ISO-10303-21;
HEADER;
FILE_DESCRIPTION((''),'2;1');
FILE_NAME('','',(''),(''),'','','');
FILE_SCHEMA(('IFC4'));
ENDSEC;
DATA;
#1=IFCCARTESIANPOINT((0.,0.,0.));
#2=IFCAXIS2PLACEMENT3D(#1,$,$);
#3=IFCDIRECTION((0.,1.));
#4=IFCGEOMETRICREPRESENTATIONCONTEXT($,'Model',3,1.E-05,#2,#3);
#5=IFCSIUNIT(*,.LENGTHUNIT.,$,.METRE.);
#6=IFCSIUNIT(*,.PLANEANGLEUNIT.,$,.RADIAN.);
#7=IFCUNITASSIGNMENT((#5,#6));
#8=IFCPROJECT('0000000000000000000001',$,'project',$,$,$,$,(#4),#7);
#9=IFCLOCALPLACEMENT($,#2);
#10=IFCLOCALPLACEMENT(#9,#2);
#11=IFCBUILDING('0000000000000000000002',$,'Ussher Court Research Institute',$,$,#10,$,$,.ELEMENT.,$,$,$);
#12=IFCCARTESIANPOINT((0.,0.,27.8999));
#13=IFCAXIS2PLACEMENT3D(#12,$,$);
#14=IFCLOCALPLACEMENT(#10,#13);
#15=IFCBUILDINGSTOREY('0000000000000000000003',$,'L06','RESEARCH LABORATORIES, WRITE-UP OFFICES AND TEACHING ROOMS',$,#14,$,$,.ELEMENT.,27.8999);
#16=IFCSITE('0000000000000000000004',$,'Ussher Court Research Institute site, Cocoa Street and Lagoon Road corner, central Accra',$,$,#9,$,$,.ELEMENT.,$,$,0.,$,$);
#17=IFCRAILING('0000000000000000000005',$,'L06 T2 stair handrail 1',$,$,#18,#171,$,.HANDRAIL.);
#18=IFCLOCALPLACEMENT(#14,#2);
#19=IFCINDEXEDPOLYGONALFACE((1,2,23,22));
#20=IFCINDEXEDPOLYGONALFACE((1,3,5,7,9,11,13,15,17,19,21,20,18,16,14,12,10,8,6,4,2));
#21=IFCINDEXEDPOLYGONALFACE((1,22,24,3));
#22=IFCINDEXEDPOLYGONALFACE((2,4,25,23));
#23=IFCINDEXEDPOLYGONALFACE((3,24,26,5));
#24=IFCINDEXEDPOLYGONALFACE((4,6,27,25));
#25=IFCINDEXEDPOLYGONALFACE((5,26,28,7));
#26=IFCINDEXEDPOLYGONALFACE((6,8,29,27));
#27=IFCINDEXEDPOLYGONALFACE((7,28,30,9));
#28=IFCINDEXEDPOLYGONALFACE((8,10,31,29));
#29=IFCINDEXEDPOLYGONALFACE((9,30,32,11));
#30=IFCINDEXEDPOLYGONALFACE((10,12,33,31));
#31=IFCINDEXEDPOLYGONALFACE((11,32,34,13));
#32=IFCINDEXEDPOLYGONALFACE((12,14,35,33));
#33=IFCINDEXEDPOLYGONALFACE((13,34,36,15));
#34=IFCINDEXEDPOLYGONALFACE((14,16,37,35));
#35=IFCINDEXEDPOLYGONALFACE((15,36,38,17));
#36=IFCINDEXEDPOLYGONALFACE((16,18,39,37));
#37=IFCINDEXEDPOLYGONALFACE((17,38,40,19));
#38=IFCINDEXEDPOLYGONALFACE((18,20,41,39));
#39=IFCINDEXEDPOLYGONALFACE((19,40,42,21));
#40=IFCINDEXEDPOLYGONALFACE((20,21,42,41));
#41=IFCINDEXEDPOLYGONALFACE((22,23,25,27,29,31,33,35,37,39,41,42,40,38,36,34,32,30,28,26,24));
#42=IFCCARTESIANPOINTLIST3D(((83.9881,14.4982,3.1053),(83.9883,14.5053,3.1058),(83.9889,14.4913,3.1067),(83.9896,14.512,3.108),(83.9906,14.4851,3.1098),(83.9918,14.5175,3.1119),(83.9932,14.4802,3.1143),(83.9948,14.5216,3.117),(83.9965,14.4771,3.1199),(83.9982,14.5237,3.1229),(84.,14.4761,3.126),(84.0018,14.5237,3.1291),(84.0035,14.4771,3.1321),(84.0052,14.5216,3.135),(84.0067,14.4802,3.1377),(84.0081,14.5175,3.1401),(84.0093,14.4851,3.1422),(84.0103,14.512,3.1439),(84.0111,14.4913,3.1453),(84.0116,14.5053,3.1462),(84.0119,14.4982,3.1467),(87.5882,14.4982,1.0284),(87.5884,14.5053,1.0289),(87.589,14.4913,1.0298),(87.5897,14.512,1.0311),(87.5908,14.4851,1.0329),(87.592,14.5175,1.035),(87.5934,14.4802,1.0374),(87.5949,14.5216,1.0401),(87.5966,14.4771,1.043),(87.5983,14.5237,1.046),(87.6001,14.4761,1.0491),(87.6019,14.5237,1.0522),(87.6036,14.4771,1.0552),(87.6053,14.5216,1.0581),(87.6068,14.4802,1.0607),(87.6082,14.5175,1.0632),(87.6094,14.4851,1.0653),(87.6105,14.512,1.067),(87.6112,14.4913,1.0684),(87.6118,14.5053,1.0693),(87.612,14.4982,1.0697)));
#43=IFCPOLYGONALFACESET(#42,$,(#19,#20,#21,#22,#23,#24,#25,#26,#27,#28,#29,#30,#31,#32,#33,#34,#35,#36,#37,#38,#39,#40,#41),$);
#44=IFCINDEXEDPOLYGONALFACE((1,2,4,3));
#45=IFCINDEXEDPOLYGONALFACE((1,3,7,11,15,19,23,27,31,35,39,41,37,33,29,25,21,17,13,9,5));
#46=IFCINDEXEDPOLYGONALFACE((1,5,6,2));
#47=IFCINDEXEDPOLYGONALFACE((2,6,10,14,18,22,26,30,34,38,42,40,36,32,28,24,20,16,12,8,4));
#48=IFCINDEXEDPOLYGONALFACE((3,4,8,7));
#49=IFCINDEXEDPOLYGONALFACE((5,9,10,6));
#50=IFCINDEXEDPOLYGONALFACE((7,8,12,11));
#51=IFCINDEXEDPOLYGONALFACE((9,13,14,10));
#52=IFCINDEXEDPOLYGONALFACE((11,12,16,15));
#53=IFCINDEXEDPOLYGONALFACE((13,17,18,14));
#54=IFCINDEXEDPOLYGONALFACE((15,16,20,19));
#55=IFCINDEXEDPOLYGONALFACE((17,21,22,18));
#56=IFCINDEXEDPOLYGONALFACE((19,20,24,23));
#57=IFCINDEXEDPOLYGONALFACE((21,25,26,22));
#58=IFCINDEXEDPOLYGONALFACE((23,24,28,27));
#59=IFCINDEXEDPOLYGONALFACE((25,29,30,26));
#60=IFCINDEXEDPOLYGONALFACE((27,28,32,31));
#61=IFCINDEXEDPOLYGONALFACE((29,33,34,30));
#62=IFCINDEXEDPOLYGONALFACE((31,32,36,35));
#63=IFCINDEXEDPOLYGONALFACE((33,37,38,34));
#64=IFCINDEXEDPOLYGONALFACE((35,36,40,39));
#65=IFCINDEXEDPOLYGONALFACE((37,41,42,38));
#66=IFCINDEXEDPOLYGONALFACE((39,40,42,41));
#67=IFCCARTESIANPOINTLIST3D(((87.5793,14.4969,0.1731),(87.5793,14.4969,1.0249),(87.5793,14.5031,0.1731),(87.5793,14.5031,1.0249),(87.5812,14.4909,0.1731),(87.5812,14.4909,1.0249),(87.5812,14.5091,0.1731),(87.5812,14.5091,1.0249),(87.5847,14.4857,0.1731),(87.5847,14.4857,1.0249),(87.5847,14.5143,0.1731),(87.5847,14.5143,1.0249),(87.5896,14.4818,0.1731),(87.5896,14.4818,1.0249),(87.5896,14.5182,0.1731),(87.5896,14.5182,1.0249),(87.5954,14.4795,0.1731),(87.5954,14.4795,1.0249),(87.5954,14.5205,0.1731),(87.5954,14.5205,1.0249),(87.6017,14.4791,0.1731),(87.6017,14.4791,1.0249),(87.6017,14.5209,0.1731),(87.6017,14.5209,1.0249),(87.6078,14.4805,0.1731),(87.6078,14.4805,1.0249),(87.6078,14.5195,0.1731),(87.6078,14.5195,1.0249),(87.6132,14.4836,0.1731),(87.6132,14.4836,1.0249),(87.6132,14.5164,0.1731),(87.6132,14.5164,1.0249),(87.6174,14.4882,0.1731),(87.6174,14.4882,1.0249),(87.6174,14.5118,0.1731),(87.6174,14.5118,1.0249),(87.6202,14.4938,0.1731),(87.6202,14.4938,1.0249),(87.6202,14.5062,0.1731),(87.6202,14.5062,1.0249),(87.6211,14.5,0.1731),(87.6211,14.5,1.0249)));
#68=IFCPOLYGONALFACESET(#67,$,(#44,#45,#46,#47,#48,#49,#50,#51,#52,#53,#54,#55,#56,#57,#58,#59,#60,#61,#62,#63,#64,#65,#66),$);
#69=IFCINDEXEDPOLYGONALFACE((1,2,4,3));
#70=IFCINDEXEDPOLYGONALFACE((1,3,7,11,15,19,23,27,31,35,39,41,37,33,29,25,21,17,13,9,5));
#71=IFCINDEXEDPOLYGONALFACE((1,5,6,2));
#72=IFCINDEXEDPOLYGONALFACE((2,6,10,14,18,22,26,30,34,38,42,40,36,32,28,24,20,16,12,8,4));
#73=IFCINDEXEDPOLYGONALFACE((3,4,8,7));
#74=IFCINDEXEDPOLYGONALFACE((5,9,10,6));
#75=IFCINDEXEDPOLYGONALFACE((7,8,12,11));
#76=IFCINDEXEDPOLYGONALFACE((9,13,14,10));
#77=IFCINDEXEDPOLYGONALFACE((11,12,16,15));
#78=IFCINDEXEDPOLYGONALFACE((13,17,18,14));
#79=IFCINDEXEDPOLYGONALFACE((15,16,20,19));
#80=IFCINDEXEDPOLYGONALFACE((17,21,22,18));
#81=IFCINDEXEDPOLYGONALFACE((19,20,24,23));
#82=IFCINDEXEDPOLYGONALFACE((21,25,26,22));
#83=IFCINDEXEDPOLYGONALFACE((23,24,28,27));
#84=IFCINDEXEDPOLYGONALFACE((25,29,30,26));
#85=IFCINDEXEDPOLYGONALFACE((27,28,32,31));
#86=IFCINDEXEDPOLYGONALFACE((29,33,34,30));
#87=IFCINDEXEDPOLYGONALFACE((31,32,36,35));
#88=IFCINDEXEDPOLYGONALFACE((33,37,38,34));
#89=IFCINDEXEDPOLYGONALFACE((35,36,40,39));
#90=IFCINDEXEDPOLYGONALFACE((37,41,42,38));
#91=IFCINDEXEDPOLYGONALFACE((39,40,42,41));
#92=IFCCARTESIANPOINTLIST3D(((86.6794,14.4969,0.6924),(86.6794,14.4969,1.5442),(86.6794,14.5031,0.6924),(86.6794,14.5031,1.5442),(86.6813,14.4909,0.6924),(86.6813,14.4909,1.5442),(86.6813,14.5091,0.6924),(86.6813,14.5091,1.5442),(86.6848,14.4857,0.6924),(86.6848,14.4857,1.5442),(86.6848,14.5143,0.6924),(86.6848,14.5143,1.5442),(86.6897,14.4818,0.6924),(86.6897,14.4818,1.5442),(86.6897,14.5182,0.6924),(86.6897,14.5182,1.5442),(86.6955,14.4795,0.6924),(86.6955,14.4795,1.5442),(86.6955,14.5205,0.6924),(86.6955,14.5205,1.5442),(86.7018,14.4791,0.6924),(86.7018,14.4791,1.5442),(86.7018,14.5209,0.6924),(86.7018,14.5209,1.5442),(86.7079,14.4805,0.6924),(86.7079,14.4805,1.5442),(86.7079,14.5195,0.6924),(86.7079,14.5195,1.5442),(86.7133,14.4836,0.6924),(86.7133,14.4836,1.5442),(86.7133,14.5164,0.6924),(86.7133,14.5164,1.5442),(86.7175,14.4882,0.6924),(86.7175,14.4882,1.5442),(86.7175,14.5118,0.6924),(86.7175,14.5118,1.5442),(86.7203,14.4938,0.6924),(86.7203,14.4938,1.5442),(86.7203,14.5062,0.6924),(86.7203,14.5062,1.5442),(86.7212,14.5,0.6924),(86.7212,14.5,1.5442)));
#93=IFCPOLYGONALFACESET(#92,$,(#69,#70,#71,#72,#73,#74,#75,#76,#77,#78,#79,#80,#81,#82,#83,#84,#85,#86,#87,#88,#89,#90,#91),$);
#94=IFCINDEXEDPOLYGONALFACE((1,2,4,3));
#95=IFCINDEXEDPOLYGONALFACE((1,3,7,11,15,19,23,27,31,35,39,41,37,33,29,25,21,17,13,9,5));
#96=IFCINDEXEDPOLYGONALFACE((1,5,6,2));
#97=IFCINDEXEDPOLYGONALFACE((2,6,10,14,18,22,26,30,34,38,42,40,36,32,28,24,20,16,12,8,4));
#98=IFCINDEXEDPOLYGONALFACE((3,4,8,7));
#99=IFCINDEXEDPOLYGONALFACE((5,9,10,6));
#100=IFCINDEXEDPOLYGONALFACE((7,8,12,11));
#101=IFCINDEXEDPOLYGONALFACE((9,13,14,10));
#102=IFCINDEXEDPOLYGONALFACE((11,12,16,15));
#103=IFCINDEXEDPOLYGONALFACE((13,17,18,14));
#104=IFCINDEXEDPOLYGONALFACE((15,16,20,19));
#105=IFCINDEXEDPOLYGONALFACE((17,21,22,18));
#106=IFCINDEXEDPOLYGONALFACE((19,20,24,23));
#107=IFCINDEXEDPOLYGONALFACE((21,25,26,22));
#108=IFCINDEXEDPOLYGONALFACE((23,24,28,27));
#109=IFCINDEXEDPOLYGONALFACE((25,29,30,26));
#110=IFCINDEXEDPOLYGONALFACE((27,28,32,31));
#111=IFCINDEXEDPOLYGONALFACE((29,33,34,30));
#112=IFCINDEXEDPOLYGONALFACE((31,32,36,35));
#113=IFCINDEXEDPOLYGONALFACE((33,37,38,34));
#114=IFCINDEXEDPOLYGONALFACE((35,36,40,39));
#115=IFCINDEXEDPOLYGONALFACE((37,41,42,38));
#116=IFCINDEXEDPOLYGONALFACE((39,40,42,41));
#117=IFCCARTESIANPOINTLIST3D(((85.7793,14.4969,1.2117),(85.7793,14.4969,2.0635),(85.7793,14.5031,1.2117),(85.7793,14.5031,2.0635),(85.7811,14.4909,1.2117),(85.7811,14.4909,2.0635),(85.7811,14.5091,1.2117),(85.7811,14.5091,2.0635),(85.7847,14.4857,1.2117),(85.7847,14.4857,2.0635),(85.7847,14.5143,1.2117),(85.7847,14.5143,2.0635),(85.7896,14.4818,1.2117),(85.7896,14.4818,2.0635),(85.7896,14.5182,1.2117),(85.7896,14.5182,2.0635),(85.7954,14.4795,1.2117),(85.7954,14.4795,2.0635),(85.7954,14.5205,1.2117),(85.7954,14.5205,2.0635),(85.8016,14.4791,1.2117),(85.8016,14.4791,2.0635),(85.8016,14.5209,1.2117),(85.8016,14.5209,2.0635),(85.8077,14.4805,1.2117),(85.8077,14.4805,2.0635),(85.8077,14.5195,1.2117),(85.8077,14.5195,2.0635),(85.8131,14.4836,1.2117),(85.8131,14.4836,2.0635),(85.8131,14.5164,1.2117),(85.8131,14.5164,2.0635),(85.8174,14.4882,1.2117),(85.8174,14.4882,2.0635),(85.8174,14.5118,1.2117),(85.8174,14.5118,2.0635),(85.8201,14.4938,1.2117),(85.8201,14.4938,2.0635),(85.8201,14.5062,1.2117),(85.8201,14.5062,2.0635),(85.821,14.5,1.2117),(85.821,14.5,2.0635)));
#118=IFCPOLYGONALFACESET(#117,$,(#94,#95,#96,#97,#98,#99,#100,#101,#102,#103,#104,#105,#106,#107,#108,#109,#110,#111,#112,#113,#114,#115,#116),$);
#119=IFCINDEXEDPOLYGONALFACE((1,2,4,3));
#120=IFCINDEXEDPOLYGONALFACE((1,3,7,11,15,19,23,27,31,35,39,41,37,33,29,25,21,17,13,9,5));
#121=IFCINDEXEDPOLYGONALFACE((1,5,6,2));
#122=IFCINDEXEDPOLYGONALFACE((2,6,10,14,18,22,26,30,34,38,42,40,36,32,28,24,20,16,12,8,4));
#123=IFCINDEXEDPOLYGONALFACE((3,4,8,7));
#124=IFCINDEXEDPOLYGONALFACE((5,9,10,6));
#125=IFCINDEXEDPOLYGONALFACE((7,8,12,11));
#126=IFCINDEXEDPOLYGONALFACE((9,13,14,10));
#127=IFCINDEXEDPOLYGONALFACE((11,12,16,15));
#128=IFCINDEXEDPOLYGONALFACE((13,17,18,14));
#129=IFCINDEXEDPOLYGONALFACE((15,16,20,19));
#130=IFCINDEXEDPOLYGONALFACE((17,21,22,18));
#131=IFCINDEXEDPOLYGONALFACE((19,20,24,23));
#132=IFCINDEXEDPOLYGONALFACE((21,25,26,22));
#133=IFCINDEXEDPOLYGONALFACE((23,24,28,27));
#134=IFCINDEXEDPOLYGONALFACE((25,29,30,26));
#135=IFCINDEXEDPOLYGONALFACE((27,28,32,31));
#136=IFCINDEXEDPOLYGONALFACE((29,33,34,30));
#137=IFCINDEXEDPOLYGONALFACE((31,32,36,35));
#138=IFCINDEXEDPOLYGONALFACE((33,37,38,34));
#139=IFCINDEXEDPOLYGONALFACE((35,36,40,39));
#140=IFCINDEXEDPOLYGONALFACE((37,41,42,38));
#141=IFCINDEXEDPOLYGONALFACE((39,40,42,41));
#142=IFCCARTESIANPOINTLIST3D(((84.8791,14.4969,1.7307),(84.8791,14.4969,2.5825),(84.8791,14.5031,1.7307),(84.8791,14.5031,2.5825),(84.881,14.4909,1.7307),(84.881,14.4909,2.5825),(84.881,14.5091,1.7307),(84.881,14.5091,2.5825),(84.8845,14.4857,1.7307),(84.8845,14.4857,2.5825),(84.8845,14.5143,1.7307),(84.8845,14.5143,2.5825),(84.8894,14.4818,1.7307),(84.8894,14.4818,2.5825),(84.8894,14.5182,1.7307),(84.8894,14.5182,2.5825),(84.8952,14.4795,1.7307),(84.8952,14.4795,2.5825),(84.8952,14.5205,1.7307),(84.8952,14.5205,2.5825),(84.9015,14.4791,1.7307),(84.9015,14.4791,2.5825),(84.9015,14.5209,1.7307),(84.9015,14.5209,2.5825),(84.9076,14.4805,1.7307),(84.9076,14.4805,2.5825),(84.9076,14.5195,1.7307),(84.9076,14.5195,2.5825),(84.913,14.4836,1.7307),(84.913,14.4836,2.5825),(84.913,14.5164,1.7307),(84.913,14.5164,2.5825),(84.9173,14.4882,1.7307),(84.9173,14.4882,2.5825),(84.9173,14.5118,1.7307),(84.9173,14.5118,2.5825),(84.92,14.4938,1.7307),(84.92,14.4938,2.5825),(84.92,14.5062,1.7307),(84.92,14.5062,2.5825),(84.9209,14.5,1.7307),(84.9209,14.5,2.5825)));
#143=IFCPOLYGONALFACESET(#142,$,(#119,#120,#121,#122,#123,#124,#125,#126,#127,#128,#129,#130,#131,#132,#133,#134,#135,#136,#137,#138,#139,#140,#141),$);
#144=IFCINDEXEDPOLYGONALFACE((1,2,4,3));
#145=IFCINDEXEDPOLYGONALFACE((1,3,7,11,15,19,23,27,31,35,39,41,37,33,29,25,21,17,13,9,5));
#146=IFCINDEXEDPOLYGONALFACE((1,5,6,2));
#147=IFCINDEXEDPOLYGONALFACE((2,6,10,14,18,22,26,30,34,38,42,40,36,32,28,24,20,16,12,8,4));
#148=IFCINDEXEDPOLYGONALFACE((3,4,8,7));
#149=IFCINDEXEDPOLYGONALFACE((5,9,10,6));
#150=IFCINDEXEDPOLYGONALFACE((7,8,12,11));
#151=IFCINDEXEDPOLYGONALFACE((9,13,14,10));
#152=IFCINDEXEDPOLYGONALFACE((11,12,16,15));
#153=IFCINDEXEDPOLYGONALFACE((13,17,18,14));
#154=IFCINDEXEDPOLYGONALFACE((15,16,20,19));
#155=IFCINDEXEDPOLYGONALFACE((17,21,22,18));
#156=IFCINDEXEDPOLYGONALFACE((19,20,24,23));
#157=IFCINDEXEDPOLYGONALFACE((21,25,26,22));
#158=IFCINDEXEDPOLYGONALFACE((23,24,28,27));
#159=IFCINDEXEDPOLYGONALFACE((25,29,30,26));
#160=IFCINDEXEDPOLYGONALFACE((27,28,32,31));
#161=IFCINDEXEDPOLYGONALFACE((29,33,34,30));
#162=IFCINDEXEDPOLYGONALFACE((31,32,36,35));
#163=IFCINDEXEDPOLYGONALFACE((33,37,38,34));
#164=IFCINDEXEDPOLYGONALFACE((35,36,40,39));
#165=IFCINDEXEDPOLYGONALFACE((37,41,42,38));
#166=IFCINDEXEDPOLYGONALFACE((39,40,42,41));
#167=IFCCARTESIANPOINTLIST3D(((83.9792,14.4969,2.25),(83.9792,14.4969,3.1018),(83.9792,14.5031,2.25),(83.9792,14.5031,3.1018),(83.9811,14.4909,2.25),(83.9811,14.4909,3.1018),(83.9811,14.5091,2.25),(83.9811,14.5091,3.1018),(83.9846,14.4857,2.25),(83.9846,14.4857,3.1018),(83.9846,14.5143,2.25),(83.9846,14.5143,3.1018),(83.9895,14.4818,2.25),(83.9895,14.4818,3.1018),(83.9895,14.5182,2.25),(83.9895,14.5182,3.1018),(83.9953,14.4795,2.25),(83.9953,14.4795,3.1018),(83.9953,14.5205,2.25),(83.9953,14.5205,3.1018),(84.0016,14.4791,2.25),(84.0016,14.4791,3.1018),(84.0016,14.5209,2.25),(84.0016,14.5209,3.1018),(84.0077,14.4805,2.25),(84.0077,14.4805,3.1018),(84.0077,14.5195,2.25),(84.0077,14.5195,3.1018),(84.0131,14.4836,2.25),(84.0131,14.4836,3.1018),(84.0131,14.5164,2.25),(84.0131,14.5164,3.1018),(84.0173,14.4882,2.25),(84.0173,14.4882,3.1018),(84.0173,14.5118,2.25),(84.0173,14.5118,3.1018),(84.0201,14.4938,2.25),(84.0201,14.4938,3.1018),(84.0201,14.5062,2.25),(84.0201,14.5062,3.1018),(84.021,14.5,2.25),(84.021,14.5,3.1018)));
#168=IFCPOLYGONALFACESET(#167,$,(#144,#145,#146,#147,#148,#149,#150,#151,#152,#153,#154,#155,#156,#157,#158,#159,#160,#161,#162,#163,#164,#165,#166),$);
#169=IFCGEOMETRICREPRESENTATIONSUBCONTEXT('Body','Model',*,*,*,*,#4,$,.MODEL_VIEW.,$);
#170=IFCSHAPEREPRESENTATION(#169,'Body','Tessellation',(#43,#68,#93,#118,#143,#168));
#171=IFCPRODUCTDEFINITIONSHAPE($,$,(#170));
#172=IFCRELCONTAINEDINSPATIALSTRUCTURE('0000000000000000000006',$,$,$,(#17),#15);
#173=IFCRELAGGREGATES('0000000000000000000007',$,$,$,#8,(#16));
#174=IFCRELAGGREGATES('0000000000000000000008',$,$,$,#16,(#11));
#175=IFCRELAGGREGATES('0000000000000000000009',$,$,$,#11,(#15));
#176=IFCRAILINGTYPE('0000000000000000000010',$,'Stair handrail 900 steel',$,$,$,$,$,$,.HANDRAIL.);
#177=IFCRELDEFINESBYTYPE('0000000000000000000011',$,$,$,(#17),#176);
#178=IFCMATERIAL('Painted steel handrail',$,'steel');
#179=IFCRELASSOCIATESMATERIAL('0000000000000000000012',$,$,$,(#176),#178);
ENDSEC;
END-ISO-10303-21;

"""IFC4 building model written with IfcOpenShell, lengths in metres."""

from ifc_helpers import new_model, si_unit, direction, frame, origin, origin_2d, place, context, subcontext, project, spatial, circle, extrude, material, type_object, element, save


model = new_model("IFC4")

# Units and contexts
model_context = context("Model", 3, precision=1e-05, world=origin(), true_north=direction((0.0, 1.0)))
body_context = subcontext(model_context, "Body", "Model", "MODEL_VIEW")
ifc_project = project(units=[si_unit("LENGTHUNIT", "METRE"), si_unit("PLANEANGLEUNIT", "RADIAN")], contexts=[model_context])

# Site, building, storey
site_placement = place(None, origin())
site = spatial("IfcSite", under=ifc_project, at=site_placement, Name="Ussher Court Research Institute site, Cocoa Street and Lagoon Road corner, central Accra", CompositionType="ELEMENT", RefElevation=0.0)
building_placement = place(site_placement, origin())
building = spatial("IfcBuilding", under=site, at=building_placement, Name="Ussher Court Research Institute", CompositionType="ELEMENT")
storey_placement = place(building_placement, frame((0.0, 0.0, 27.8999)))
storey = spatial("IfcBuildingStorey", under=building, at=storey_placement, Name="L06", Description="RESEARCH LABORATORIES, WRITE-UP OFFICES AND TEACHING ROOMS", CompositionType="ELEMENT", Elevation=27.8999)

# Railing
ifc_material_1 = material(Name="Painted steel handrail", Category="steel")
railing_type_1 = type_object("IfcRailingType", Name="Stair handrail 900 steel", PredefinedType="HANDRAIL", material=ifc_material_1)
railing_1_placement = place(storey_placement, frame((87.6001, 14.5, 0.1731)))
element("IfcRailing", 1, at=railing_1_placement, inside=storey, type_object=railing_type_1, Name="L06 T2 stair handrail 1", PredefinedType="HANDRAIL", context=body_context, shape_type="SweptSolid", body=[
    extrude(circle(Radius=0.0239, at=origin_2d()), frame((0.0, 0.0, 0.876), z_axis=(-0.866193, 0.0, 0.499709), x_axis=(0.0, -1.0, 0.0)), (0.0, 0.0, 1.0), 4.1562),
    extrude(circle(Radius=0.021, at=origin_2d()), origin(), (0.0, 0.0, 1.0), 0.8518),
    extrude(circle(Radius=0.021, at=origin_2d()), frame((-0.8999, 0.0, 0.5193)), (0.0, 0.0, 1.0), 0.8518),
    extrude(circle(Radius=0.021, at=origin_2d()), frame((-1.8, 0.0, 1.0386)), (0.0, 0.0, 1.0), 0.8518),
    extrude(circle(Radius=0.021, at=origin_2d()), frame((-2.7002, 0.0, 1.5576)), (0.0, 0.0, 1.0), 0.8518),
    extrude(circle(Radius=0.021, at=origin_2d()), frame((-3.6001, 0.0, 2.0769)), (0.0, 0.0, 1.0), 0.8518),
])

save(model, "model.ifc")
